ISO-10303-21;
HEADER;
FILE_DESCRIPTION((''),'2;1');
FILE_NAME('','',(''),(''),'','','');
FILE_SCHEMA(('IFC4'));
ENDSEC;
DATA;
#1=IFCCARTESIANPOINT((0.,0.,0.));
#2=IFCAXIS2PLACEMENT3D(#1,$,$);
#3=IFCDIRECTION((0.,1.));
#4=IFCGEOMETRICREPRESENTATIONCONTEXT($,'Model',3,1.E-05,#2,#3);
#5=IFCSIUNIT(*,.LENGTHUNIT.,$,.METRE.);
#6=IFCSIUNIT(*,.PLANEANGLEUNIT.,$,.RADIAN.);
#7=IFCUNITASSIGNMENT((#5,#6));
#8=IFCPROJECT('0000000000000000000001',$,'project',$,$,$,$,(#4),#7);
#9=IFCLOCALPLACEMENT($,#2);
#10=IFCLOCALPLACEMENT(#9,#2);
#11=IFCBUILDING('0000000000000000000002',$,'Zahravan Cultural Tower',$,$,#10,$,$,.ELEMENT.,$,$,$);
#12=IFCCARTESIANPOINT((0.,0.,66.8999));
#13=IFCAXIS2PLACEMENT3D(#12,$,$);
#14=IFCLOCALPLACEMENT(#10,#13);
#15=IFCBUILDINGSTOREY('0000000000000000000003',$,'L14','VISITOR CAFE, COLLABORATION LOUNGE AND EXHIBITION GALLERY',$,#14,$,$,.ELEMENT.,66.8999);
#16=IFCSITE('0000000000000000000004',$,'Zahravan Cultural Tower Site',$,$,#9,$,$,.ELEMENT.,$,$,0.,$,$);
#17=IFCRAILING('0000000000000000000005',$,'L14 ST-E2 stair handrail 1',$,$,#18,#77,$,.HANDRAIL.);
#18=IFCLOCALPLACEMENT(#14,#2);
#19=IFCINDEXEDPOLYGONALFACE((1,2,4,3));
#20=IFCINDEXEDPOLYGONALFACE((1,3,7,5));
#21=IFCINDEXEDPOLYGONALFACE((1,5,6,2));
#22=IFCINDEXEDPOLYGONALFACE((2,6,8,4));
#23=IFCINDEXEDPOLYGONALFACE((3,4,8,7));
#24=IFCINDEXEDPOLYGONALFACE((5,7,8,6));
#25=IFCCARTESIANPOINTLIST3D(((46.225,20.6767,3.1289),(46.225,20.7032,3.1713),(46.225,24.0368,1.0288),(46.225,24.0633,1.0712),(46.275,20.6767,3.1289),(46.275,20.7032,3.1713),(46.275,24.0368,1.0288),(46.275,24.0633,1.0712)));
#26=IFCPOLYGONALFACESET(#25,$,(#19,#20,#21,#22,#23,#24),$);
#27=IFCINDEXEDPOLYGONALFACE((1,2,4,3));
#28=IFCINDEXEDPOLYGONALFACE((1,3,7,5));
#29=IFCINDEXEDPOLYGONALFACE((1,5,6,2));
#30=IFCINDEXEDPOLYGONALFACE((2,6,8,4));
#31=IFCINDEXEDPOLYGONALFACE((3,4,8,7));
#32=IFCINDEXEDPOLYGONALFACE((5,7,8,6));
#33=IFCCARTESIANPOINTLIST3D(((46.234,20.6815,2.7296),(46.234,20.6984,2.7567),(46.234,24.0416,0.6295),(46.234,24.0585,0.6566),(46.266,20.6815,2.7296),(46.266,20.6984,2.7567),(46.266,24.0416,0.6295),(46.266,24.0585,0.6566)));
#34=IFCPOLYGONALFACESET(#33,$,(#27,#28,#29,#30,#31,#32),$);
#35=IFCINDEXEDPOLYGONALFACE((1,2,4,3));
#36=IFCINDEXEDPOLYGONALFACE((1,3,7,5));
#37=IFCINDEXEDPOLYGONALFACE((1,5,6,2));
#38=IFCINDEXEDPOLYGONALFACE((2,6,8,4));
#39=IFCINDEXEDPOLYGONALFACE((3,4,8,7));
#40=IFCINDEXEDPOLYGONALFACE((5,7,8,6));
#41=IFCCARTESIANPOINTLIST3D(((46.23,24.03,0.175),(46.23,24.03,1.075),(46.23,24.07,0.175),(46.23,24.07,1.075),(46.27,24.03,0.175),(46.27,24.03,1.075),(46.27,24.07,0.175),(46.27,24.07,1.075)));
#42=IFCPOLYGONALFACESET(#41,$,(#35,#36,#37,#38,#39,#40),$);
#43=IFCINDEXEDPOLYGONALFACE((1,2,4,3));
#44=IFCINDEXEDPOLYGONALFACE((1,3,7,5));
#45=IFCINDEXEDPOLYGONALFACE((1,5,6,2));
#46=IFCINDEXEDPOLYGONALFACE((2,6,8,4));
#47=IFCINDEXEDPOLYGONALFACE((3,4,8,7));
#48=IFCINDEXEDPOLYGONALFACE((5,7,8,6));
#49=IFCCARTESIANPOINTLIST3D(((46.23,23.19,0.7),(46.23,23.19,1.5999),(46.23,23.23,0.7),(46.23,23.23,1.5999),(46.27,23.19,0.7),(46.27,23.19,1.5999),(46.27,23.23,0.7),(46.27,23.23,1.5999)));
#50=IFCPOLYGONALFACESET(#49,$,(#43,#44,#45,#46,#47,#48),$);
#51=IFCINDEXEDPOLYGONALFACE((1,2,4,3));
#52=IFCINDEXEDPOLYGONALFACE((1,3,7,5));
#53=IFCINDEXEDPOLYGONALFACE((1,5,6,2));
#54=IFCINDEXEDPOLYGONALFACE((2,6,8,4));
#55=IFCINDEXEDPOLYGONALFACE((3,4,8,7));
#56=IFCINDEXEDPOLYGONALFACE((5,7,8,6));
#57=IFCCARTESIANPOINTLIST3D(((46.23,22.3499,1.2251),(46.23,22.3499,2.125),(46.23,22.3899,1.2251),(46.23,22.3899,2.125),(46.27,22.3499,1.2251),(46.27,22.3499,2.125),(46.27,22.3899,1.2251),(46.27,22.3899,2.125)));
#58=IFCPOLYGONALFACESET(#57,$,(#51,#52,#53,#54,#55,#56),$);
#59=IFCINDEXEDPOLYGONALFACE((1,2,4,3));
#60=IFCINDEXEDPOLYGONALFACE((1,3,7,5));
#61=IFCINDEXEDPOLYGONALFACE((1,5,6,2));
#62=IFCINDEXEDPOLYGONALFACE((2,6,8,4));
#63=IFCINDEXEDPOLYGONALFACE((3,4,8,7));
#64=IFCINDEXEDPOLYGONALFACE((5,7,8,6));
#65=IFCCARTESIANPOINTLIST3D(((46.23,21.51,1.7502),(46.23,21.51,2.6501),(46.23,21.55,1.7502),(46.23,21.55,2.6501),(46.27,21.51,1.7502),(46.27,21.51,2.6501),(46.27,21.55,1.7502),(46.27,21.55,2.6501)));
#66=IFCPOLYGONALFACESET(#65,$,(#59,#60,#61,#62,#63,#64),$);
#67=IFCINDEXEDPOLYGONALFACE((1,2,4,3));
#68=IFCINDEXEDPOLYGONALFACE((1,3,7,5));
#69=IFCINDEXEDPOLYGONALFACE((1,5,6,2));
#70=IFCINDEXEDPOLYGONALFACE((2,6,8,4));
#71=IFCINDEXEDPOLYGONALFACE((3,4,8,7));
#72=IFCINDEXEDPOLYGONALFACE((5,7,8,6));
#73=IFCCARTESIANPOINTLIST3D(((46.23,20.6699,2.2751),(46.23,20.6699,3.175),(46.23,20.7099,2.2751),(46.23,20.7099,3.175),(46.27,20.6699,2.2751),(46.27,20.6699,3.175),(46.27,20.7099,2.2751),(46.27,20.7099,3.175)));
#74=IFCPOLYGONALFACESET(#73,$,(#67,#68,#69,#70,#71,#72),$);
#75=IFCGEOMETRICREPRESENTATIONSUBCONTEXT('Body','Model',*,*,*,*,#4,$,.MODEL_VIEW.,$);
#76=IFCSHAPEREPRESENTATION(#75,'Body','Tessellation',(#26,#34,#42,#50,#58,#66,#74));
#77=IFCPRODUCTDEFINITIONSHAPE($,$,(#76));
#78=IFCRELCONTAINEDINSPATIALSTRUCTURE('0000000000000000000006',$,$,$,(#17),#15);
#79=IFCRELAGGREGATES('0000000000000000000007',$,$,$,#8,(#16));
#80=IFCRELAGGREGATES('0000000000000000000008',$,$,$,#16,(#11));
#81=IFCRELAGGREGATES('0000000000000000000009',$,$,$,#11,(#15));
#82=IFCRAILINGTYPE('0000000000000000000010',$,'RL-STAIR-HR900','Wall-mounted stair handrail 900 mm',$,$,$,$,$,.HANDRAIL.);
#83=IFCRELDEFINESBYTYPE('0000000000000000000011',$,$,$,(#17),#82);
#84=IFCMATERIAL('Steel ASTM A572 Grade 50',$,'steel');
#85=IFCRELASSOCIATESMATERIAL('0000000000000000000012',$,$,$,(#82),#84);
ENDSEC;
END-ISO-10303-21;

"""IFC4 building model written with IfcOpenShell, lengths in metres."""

from ifc_helpers import new_model, si_unit, direction, frame, origin, origin_2d, place, context, subcontext, project, spatial, rectangle, extrude, material, type_object, element, save


model = new_model("IFC4")

# Units and contexts
model_context = context("Model", 3, precision=1e-05, world=origin(), true_north=direction((0.0, 1.0)))
body_context = subcontext(model_context, "Body", "Model", "MODEL_VIEW")
ifc_project = project(units=[si_unit("LENGTHUNIT", "METRE"), si_unit("PLANEANGLEUNIT", "RADIAN")], contexts=[model_context])

# Site, building, storey
site_placement = place(None, origin())
site = spatial("IfcSite", under=ifc_project, at=site_placement, Name="Zahravan Cultural Tower Site", CompositionType="ELEMENT", RefElevation=0.0)
building_placement = place(site_placement, origin())
building = spatial("IfcBuilding", under=site, at=building_placement, Name="Zahravan Cultural Tower", CompositionType="ELEMENT")
storey_placement = place(building_placement, frame((0.0, 0.0, 66.8999)))
storey = spatial("IfcBuildingStorey", under=building, at=storey_placement, Name="L14", Description="VISITOR CAFE, COLLABORATION LOUNGE AND EXHIBITION GALLERY", CompositionType="ELEMENT", Elevation=66.8999)

# Shared definitions
ifc_material_1 = material(Name="Steel ASTM A572 Grade 50", Category="steel")

# Railing
railing_type_1 = type_object("IfcRailingType", Name="RL-STAIR-HR900", Description="Wall-mounted stair handrail 900 mm", PredefinedType="HANDRAIL", material=ifc_material_1)
railing_1_placement = place(storey_placement, frame((46.25, 24.05, 0.175)))
element("IfcRailing", 1, at=railing_1_placement, inside=storey, type_object=railing_type_1, Name="L14 ST-E2 stair handrail 1", PredefinedType="HANDRAIL", context=body_context, shape_type="SweptSolid", body=[
    extrude(rectangle(XDim=0.05, YDim=0.05, at=origin_2d()), frame((0.0, 0.0, 0.875), z_axis=(0.0, -0.847995, 0.530004), x_axis=(1.0, 0.0, 0.0)), (0.0, 0.0, 1.0), 3.9624),
    extrude(rectangle(XDim=0.032, YDim=0.032, at=origin_2d()), frame((0.0, 0.0, 0.468), z_axis=(0.0, -0.847995, 0.530004), x_axis=(1.0, 0.0, 0.0)), (0.0, 0.0, 1.0), 3.9624),
    extrude(rectangle(XDim=0.04, YDim=0.04, at=origin_2d()), origin(), (0.0, 0.0, 1.0), 0.8999),
    extrude(rectangle(XDim=0.04, YDim=0.04, at=origin_2d()), frame((0.0, -0.8401, 0.5249)), (0.0, 0.0, 1.0), 0.8999),
    extrude(rectangle(XDim=0.04, YDim=0.04, at=origin_2d()), frame((0.0, -1.6802, 1.05)), (0.0, 0.0, 1.0), 0.8999),
    extrude(rectangle(XDim=0.04, YDim=0.04, at=origin_2d()), frame((0.0, -2.52, 1.5752)), (0.0, 0.0, 1.0), 0.8999),
    extrude(rectangle(XDim=0.04, YDim=0.04, at=origin_2d()), frame((0.0, -3.3601, 2.1001)), (0.0, 0.0, 1.0), 0.8999),
])

save(model, "model.ifc")
